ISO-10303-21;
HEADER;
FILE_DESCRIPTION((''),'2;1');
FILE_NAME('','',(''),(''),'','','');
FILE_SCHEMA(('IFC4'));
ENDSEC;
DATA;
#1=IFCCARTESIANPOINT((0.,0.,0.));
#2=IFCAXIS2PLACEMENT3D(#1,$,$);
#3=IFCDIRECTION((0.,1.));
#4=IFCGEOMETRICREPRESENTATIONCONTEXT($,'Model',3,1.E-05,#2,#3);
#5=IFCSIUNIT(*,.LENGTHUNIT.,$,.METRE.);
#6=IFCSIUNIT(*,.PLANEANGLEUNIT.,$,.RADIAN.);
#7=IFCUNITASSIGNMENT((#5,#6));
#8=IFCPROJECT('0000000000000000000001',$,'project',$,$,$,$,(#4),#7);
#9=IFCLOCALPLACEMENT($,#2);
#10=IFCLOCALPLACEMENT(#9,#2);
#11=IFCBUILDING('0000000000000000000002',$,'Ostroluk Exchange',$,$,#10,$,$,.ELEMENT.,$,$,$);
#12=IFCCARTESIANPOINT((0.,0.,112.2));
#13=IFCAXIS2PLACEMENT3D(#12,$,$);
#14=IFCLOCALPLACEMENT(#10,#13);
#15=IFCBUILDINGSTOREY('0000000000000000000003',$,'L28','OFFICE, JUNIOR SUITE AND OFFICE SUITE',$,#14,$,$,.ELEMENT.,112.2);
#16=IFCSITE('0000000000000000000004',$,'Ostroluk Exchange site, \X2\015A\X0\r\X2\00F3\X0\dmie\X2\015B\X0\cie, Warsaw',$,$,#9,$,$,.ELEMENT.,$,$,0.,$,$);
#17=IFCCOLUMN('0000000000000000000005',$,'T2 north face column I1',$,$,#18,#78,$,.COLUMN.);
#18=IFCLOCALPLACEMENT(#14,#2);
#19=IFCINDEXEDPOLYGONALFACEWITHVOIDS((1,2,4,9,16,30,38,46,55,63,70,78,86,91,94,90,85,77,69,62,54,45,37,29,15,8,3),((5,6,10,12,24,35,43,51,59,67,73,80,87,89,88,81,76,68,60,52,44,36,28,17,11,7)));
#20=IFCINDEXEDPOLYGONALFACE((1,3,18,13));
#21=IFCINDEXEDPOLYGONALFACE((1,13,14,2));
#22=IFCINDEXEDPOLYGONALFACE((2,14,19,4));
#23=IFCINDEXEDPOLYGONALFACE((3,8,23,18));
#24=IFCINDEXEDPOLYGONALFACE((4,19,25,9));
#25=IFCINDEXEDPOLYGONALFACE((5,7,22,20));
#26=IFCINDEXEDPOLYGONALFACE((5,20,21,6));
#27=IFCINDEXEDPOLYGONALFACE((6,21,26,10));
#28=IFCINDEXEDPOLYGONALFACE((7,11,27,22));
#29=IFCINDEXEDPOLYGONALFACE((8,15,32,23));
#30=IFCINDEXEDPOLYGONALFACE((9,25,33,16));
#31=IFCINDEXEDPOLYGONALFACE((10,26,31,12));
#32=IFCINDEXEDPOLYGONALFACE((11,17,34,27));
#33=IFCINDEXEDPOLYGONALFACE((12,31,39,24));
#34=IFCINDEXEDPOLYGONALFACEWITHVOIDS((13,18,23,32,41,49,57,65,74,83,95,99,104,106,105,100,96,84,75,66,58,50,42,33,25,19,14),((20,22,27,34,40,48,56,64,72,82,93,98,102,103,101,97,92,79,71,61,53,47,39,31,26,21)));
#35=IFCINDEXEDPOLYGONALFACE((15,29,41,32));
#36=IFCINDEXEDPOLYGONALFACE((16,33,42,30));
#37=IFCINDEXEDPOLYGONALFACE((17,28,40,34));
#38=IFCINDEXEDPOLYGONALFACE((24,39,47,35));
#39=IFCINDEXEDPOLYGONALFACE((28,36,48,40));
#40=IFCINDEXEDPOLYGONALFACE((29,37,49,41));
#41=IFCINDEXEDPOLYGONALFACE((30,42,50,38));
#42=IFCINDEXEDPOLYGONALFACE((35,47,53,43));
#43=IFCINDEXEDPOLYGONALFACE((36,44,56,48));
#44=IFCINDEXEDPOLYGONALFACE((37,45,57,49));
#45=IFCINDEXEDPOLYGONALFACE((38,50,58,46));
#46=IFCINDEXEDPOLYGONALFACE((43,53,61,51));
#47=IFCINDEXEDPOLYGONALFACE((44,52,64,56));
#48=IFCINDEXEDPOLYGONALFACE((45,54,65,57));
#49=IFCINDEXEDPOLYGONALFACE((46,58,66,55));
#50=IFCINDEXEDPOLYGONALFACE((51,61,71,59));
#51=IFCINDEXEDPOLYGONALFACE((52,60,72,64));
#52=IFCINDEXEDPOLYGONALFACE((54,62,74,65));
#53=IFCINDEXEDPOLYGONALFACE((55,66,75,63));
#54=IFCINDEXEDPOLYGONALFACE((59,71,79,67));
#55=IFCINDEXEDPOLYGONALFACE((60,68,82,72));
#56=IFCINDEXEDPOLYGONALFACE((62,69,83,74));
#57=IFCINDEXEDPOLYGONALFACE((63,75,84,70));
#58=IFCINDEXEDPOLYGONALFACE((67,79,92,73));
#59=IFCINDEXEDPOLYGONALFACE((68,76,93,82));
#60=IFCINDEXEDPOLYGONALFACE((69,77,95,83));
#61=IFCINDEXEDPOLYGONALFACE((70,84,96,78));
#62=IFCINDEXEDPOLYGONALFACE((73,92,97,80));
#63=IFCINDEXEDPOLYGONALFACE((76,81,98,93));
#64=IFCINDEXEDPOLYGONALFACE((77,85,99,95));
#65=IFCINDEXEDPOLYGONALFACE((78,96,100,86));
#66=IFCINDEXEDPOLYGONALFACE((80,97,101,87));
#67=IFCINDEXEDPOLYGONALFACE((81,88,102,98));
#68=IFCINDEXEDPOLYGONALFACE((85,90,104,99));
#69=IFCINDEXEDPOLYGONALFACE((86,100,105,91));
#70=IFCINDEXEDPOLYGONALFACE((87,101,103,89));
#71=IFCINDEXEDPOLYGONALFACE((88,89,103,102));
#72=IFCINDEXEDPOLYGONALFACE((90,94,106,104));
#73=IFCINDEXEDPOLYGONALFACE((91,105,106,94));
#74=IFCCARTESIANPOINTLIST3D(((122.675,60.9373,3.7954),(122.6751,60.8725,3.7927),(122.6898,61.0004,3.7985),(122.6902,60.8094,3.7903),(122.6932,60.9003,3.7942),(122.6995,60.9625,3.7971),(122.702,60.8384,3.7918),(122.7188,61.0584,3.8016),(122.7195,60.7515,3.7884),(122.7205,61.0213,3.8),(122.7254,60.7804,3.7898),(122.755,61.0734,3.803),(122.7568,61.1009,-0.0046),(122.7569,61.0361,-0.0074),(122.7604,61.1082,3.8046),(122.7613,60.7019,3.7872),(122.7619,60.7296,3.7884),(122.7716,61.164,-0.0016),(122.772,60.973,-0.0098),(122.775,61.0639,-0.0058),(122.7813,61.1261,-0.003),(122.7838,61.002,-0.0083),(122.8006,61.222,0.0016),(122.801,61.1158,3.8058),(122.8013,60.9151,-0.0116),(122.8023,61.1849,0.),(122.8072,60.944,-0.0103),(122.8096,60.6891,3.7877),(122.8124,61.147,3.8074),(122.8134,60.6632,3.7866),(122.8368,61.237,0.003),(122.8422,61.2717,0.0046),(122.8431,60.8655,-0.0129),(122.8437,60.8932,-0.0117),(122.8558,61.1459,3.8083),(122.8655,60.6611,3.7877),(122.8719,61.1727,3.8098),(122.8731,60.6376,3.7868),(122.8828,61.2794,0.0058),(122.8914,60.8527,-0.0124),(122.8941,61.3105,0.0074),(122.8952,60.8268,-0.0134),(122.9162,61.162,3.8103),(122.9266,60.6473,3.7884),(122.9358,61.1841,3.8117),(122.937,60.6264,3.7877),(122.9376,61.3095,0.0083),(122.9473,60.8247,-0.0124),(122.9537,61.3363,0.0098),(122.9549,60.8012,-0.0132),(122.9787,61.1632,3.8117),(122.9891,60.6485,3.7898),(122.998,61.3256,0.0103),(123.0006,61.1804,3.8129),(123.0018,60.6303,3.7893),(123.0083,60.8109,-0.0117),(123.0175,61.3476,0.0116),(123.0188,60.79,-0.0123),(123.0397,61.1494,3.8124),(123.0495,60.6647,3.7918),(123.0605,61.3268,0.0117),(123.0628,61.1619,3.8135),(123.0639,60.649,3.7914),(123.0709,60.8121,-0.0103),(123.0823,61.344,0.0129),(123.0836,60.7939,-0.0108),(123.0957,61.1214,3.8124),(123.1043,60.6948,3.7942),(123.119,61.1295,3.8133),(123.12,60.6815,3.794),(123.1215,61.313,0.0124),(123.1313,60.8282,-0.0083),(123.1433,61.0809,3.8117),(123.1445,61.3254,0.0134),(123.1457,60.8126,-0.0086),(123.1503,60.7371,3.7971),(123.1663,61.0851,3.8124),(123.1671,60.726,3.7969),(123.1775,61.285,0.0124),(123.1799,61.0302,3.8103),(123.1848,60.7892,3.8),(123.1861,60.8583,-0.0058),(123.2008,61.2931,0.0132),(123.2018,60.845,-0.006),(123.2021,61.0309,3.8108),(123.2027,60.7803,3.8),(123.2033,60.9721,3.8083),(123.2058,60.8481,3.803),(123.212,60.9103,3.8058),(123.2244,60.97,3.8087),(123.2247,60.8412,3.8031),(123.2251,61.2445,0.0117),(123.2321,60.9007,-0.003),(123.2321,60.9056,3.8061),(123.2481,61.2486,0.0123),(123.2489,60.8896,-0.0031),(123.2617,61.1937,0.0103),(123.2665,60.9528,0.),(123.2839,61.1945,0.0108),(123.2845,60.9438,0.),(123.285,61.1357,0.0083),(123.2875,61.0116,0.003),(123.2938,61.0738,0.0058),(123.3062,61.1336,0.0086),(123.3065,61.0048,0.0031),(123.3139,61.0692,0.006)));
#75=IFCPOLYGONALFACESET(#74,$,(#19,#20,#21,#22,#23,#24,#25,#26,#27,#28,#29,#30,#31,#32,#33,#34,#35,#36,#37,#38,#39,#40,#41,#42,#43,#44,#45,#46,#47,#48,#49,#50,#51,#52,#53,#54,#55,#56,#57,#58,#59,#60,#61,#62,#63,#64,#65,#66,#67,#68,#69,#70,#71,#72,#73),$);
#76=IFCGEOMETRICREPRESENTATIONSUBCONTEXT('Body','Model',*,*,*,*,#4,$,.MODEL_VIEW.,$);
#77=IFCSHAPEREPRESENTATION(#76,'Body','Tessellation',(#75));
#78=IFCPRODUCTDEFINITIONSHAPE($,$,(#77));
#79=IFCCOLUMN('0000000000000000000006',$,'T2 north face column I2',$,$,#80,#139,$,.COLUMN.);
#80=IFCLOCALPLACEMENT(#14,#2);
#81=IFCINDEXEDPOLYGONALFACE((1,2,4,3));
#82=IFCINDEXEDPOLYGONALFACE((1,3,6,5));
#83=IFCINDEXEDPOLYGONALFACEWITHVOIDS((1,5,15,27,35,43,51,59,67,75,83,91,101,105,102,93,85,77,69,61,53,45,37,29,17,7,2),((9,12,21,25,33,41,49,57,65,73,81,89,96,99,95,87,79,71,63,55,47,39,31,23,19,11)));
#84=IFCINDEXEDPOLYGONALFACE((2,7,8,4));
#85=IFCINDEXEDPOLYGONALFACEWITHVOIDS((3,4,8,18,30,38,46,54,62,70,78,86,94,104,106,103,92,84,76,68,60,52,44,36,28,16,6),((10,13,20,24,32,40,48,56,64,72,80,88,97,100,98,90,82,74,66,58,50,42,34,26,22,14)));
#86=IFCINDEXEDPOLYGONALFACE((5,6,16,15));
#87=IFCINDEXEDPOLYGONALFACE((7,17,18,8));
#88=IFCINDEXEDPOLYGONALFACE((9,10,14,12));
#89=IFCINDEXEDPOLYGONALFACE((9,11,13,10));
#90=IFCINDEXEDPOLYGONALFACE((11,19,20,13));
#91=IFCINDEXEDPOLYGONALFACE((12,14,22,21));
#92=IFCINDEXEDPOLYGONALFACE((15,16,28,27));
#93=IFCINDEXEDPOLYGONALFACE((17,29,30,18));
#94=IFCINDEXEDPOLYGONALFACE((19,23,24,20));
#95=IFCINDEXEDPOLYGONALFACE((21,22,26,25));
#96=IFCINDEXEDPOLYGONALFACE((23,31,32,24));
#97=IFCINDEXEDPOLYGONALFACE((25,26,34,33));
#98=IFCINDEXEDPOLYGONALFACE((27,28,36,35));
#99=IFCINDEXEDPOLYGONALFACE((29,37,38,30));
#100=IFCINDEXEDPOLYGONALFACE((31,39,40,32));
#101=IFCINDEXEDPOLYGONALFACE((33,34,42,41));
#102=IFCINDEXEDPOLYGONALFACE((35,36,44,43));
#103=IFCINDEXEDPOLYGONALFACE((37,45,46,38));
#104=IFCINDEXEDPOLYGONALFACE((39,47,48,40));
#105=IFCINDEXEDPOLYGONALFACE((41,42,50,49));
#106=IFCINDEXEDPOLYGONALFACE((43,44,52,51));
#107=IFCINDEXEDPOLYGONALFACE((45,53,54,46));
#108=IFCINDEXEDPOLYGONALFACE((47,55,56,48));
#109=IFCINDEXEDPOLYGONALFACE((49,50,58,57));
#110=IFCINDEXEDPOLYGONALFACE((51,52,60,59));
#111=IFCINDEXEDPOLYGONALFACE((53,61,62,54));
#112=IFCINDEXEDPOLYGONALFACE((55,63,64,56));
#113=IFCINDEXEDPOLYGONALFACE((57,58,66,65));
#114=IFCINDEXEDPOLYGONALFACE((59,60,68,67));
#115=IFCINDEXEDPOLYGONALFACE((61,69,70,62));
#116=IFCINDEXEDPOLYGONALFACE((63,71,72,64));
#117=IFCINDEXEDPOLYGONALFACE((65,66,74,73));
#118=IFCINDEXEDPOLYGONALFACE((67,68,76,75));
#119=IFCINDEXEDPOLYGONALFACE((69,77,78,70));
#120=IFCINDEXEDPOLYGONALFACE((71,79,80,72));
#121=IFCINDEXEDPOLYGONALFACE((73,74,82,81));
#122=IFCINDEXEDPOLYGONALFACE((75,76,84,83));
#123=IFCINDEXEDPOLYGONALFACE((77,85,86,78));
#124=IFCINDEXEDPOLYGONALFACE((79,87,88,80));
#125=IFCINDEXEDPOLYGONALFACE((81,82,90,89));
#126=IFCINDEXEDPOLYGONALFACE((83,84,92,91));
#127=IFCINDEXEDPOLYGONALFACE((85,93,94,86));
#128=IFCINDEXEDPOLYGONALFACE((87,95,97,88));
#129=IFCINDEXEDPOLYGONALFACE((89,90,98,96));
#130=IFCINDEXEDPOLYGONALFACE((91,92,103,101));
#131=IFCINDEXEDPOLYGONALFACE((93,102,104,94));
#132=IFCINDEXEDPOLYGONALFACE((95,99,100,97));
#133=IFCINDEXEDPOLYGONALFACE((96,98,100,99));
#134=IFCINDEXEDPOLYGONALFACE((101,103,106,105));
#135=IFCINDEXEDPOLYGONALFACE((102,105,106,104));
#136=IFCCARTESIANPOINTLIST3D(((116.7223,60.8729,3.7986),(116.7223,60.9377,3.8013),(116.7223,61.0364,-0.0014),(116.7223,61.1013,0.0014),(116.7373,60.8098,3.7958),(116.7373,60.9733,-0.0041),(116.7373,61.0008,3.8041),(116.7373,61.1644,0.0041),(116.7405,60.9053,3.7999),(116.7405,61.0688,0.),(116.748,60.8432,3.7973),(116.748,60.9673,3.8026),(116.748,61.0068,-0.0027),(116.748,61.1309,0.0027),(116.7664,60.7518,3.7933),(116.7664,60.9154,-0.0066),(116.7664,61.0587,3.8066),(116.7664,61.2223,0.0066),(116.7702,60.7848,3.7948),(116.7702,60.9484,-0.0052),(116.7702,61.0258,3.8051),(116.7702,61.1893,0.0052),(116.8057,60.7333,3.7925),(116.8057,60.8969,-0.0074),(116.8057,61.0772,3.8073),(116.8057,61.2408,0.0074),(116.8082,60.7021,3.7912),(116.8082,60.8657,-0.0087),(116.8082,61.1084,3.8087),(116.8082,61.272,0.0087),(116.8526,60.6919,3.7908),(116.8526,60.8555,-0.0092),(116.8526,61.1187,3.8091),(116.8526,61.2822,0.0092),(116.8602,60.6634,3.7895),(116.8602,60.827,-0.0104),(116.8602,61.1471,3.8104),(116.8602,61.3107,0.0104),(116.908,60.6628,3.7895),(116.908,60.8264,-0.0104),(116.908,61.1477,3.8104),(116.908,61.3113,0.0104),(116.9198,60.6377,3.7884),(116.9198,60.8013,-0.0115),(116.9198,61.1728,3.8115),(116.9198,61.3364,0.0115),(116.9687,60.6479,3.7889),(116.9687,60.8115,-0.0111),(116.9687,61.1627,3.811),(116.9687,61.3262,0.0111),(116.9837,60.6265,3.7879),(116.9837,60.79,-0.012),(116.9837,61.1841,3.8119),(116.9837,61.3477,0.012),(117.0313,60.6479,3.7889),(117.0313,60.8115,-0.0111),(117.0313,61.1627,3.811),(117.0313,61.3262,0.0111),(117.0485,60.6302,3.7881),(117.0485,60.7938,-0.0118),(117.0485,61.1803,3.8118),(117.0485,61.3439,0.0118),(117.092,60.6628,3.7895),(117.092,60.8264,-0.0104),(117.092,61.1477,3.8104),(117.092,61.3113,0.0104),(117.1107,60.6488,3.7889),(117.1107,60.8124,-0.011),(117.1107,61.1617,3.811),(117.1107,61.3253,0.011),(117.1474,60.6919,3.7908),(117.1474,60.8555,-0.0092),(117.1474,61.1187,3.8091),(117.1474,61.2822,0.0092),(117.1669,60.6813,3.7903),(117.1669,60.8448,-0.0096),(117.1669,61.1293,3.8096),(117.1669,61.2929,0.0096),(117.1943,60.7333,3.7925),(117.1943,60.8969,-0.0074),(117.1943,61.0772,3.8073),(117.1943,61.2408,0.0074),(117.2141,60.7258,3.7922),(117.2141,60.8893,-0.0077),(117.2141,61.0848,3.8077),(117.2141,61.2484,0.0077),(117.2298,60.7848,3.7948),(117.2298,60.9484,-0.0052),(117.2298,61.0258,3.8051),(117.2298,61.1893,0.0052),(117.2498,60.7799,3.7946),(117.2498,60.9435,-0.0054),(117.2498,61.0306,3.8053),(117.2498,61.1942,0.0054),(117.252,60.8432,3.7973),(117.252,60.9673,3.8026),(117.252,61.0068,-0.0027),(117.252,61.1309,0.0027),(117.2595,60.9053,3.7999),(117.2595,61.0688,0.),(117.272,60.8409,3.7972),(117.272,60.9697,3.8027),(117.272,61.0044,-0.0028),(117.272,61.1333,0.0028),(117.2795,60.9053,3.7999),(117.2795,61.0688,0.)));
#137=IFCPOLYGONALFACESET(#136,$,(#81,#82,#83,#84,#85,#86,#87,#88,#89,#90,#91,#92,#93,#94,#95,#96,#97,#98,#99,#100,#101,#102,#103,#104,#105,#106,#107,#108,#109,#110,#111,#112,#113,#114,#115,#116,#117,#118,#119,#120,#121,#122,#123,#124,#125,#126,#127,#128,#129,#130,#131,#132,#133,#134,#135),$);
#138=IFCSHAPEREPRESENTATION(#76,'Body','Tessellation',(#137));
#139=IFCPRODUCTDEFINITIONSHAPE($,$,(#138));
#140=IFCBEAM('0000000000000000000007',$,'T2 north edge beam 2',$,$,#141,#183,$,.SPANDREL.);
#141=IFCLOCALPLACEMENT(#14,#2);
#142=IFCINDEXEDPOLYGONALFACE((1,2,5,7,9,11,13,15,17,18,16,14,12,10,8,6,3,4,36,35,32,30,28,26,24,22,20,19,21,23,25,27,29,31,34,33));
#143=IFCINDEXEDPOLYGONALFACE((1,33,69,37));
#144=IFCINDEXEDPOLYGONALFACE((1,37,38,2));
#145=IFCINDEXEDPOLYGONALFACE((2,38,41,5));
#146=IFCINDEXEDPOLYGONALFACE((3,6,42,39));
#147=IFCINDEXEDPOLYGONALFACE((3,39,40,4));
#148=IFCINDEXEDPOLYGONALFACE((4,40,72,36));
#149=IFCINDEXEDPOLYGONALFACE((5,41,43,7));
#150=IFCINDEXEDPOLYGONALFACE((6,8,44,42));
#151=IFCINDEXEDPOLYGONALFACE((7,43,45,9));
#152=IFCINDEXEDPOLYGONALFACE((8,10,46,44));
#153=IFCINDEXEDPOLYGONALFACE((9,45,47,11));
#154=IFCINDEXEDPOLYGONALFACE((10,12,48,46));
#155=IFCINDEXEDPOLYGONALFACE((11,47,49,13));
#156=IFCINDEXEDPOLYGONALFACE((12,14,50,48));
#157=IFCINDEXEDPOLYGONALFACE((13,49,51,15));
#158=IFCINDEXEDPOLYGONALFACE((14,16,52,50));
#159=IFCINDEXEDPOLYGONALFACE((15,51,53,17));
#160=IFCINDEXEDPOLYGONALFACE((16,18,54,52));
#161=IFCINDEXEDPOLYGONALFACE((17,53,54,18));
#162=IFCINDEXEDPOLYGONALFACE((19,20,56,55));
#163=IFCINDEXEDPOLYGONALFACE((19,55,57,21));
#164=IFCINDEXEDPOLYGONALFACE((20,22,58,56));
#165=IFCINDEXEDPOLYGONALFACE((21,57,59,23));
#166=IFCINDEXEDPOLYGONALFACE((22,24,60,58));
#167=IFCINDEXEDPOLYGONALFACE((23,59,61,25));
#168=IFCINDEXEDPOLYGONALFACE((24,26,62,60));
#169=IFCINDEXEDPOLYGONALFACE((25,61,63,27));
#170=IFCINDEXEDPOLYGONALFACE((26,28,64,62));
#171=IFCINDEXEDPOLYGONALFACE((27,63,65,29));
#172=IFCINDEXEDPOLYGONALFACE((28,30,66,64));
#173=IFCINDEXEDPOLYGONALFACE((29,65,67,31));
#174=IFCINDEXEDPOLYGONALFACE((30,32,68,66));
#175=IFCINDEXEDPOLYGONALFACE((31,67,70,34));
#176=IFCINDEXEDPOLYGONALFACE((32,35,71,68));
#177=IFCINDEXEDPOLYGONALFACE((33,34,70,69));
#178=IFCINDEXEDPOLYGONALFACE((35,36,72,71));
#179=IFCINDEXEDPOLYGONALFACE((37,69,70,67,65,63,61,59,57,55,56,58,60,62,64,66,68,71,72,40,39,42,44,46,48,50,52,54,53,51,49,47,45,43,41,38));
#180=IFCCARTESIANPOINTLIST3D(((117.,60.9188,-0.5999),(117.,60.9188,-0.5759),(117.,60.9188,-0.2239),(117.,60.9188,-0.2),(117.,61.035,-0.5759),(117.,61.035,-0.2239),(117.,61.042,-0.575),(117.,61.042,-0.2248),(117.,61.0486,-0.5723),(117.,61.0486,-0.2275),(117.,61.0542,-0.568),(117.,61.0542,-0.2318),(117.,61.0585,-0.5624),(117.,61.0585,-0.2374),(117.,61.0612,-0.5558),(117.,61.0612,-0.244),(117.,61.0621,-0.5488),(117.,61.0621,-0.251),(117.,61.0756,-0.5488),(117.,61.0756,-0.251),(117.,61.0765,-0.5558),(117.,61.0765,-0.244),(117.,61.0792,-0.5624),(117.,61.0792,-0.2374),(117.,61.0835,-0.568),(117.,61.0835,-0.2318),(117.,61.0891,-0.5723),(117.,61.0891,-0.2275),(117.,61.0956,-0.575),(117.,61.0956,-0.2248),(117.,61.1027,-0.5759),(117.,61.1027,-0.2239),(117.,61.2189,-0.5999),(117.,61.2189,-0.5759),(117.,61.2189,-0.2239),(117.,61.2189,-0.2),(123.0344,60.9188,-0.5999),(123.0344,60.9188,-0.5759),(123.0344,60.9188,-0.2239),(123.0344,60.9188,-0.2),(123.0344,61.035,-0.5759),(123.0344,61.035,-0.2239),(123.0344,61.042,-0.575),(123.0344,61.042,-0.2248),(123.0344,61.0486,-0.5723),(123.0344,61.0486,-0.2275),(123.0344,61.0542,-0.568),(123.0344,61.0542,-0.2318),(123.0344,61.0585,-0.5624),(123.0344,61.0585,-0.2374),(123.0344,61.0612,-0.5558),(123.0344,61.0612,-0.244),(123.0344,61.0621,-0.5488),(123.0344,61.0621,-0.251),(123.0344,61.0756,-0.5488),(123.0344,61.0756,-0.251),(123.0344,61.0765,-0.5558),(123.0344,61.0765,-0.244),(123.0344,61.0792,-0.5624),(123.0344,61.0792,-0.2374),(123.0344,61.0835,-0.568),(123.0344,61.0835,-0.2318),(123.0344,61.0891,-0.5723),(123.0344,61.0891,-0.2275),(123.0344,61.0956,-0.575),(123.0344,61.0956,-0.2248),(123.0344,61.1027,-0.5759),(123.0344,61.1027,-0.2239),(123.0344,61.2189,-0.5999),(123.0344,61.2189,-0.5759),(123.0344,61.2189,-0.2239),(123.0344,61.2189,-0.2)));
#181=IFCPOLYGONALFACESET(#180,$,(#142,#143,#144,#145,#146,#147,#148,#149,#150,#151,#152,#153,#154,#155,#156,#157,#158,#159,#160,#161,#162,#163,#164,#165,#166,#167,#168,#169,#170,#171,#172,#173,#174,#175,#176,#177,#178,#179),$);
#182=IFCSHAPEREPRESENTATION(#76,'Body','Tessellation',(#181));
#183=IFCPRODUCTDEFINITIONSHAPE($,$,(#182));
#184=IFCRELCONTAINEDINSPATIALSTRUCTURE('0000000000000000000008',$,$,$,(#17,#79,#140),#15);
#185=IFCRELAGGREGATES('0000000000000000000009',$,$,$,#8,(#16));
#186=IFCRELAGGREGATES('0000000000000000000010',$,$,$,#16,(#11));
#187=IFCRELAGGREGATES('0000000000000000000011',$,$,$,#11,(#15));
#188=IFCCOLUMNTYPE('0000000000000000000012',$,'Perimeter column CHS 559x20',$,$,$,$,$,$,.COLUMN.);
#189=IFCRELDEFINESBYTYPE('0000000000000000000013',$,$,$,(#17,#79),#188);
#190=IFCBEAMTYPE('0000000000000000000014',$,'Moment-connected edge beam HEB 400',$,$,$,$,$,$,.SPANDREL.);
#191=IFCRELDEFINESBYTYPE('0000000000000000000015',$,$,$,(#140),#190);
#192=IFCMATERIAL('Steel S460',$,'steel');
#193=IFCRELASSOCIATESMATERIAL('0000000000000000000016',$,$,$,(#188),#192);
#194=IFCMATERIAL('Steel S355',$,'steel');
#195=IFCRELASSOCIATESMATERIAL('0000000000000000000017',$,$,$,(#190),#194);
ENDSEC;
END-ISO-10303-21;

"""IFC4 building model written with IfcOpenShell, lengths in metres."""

from ifc_helpers import new_model, si_unit, direction, frame, origin, origin_2d, place, context, subcontext, project, spatial, hollow_circle, i_section, extrude, material, material_profile, profile_set, type_object, element, save


model = new_model("IFC4")

# Units and contexts
model_context = context("Model", 3, precision=1e-05, world=origin(), true_north=direction((0.0, 1.0)))
body_context = subcontext(model_context, "Body", "Model", "MODEL_VIEW")
ifc_project = project(units=[si_unit("LENGTHUNIT", "METRE"), si_unit("PLANEANGLEUNIT", "RADIAN")], contexts=[model_context])

# Site, building, storey
site_placement = place(None, origin())
site = spatial("IfcSite", under=ifc_project, at=site_placement, Name="Ostroluk Exchange site, Śródmieście, Warsaw", CompositionType="ELEMENT", RefElevation=0.0)
building_placement = place(site_placement, origin())
building = spatial("IfcBuilding", under=site, at=building_placement, Name="Ostroluk Exchange", CompositionType="ELEMENT")
storey_placement = place(building_placement, frame((0.0, 0.0, 112.2)))
storey = spatial("IfcBuildingStorey", under=building, at=storey_placement, Name="L28", Description="OFFICE, JUNIOR SUITE AND OFFICE SUITE", CompositionType="ELEMENT", Elevation=112.2)

# Columns
ifc_material_1 = material(Name="Steel S460", Category="steel")
ifc_material_profile_1 = material_profile(ifc_material_1, hollow_circle(Radius=0.2795, WallThickness=0.02, at=origin_2d()), Name="CHS 559x20")
ifc_profile_set_1 = profile_set([ifc_material_profile_1], Name="Steel S460")
column_type = type_object("IfcColumnType", Name="Perimeter column CHS 559x20", PredefinedType="COLUMN", material=ifc_profile_set_1)
column_1_placement = place(storey_placement, frame((123.0344, 61.0688, 0.0), z_axis=(-0.021498, -0.042996, 0.998844), x_axis=(0.894427, -0.447214, 0.0)))
element("IfcColumn", 1, at=column_1_placement, inside=storey, type_object=column_type, Name="T2 north face column I1", PredefinedType="COLUMN", context=body_context, shape_type="SweptSolid", body=[
    extrude(hollow_circle(Radius=0.2795, WallThickness=0.02, at=origin_2d()), origin(), (0.0, 0.0, 1.0), 3.8044),
])
column_2_placement = place(storey_placement, frame((117.0, 61.0688, 0.0), z_axis=(0.0, -0.043005, 0.999075), x_axis=(1.0, 0.0, 0.0)))
element("IfcColumn", 2, at=column_2_placement, inside=storey, type_object=column_type, Name="T2 north face column I2", PredefinedType="COLUMN", context=body_context, shape_type="SweptSolid", body=[
    extrude(hollow_circle(Radius=0.2795, WallThickness=0.02, at=origin_2d()), origin(), (0.0, 0.0, 1.0), 3.8035),
])

# Beam
ifc_material_2 = material(Name="Steel S355", Category="steel")
ifc_material_profile_2 = material_profile(ifc_material_2, i_section(OverallWidth=0.3, OverallDepth=0.3999, WebThickness=0.0134, FlangeThickness=0.0239, FilletRadius=0.0271, at=origin_2d()), Name="HEB 400")
ifc_profile_set_2 = profile_set([ifc_material_profile_2], Name="Steel S355")
beam_type = type_object("IfcBeamType", Name="Moment-connected edge beam HEB 400", PredefinedType="SPANDREL", material=ifc_profile_set_2)
for number, where, z_axis, x_axis, name in (
    (3, (123.0344, 61.0688, -0.3999), (-1.0, 0.0, 0.0), (0.0, -1.0, 0.0), "T2 north edge beam 2"),
):
    element("IfcBeam", number, at=place(storey_placement, frame(where, z_axis=z_axis, x_axis=x_axis)), inside=storey, type_object=beam_type, Name=name, PredefinedType="SPANDREL", context=body_context, shape_type="SweptSolid", body=[
        extrude(i_section(OverallWidth=0.3, OverallDepth=0.3999, WebThickness=0.0134, FlangeThickness=0.0239, FilletRadius=0.0271, at=origin_2d()), origin(), (0.0, 0.0, 1.0), 6.0344),
    ])

save(model, "model.ifc")
